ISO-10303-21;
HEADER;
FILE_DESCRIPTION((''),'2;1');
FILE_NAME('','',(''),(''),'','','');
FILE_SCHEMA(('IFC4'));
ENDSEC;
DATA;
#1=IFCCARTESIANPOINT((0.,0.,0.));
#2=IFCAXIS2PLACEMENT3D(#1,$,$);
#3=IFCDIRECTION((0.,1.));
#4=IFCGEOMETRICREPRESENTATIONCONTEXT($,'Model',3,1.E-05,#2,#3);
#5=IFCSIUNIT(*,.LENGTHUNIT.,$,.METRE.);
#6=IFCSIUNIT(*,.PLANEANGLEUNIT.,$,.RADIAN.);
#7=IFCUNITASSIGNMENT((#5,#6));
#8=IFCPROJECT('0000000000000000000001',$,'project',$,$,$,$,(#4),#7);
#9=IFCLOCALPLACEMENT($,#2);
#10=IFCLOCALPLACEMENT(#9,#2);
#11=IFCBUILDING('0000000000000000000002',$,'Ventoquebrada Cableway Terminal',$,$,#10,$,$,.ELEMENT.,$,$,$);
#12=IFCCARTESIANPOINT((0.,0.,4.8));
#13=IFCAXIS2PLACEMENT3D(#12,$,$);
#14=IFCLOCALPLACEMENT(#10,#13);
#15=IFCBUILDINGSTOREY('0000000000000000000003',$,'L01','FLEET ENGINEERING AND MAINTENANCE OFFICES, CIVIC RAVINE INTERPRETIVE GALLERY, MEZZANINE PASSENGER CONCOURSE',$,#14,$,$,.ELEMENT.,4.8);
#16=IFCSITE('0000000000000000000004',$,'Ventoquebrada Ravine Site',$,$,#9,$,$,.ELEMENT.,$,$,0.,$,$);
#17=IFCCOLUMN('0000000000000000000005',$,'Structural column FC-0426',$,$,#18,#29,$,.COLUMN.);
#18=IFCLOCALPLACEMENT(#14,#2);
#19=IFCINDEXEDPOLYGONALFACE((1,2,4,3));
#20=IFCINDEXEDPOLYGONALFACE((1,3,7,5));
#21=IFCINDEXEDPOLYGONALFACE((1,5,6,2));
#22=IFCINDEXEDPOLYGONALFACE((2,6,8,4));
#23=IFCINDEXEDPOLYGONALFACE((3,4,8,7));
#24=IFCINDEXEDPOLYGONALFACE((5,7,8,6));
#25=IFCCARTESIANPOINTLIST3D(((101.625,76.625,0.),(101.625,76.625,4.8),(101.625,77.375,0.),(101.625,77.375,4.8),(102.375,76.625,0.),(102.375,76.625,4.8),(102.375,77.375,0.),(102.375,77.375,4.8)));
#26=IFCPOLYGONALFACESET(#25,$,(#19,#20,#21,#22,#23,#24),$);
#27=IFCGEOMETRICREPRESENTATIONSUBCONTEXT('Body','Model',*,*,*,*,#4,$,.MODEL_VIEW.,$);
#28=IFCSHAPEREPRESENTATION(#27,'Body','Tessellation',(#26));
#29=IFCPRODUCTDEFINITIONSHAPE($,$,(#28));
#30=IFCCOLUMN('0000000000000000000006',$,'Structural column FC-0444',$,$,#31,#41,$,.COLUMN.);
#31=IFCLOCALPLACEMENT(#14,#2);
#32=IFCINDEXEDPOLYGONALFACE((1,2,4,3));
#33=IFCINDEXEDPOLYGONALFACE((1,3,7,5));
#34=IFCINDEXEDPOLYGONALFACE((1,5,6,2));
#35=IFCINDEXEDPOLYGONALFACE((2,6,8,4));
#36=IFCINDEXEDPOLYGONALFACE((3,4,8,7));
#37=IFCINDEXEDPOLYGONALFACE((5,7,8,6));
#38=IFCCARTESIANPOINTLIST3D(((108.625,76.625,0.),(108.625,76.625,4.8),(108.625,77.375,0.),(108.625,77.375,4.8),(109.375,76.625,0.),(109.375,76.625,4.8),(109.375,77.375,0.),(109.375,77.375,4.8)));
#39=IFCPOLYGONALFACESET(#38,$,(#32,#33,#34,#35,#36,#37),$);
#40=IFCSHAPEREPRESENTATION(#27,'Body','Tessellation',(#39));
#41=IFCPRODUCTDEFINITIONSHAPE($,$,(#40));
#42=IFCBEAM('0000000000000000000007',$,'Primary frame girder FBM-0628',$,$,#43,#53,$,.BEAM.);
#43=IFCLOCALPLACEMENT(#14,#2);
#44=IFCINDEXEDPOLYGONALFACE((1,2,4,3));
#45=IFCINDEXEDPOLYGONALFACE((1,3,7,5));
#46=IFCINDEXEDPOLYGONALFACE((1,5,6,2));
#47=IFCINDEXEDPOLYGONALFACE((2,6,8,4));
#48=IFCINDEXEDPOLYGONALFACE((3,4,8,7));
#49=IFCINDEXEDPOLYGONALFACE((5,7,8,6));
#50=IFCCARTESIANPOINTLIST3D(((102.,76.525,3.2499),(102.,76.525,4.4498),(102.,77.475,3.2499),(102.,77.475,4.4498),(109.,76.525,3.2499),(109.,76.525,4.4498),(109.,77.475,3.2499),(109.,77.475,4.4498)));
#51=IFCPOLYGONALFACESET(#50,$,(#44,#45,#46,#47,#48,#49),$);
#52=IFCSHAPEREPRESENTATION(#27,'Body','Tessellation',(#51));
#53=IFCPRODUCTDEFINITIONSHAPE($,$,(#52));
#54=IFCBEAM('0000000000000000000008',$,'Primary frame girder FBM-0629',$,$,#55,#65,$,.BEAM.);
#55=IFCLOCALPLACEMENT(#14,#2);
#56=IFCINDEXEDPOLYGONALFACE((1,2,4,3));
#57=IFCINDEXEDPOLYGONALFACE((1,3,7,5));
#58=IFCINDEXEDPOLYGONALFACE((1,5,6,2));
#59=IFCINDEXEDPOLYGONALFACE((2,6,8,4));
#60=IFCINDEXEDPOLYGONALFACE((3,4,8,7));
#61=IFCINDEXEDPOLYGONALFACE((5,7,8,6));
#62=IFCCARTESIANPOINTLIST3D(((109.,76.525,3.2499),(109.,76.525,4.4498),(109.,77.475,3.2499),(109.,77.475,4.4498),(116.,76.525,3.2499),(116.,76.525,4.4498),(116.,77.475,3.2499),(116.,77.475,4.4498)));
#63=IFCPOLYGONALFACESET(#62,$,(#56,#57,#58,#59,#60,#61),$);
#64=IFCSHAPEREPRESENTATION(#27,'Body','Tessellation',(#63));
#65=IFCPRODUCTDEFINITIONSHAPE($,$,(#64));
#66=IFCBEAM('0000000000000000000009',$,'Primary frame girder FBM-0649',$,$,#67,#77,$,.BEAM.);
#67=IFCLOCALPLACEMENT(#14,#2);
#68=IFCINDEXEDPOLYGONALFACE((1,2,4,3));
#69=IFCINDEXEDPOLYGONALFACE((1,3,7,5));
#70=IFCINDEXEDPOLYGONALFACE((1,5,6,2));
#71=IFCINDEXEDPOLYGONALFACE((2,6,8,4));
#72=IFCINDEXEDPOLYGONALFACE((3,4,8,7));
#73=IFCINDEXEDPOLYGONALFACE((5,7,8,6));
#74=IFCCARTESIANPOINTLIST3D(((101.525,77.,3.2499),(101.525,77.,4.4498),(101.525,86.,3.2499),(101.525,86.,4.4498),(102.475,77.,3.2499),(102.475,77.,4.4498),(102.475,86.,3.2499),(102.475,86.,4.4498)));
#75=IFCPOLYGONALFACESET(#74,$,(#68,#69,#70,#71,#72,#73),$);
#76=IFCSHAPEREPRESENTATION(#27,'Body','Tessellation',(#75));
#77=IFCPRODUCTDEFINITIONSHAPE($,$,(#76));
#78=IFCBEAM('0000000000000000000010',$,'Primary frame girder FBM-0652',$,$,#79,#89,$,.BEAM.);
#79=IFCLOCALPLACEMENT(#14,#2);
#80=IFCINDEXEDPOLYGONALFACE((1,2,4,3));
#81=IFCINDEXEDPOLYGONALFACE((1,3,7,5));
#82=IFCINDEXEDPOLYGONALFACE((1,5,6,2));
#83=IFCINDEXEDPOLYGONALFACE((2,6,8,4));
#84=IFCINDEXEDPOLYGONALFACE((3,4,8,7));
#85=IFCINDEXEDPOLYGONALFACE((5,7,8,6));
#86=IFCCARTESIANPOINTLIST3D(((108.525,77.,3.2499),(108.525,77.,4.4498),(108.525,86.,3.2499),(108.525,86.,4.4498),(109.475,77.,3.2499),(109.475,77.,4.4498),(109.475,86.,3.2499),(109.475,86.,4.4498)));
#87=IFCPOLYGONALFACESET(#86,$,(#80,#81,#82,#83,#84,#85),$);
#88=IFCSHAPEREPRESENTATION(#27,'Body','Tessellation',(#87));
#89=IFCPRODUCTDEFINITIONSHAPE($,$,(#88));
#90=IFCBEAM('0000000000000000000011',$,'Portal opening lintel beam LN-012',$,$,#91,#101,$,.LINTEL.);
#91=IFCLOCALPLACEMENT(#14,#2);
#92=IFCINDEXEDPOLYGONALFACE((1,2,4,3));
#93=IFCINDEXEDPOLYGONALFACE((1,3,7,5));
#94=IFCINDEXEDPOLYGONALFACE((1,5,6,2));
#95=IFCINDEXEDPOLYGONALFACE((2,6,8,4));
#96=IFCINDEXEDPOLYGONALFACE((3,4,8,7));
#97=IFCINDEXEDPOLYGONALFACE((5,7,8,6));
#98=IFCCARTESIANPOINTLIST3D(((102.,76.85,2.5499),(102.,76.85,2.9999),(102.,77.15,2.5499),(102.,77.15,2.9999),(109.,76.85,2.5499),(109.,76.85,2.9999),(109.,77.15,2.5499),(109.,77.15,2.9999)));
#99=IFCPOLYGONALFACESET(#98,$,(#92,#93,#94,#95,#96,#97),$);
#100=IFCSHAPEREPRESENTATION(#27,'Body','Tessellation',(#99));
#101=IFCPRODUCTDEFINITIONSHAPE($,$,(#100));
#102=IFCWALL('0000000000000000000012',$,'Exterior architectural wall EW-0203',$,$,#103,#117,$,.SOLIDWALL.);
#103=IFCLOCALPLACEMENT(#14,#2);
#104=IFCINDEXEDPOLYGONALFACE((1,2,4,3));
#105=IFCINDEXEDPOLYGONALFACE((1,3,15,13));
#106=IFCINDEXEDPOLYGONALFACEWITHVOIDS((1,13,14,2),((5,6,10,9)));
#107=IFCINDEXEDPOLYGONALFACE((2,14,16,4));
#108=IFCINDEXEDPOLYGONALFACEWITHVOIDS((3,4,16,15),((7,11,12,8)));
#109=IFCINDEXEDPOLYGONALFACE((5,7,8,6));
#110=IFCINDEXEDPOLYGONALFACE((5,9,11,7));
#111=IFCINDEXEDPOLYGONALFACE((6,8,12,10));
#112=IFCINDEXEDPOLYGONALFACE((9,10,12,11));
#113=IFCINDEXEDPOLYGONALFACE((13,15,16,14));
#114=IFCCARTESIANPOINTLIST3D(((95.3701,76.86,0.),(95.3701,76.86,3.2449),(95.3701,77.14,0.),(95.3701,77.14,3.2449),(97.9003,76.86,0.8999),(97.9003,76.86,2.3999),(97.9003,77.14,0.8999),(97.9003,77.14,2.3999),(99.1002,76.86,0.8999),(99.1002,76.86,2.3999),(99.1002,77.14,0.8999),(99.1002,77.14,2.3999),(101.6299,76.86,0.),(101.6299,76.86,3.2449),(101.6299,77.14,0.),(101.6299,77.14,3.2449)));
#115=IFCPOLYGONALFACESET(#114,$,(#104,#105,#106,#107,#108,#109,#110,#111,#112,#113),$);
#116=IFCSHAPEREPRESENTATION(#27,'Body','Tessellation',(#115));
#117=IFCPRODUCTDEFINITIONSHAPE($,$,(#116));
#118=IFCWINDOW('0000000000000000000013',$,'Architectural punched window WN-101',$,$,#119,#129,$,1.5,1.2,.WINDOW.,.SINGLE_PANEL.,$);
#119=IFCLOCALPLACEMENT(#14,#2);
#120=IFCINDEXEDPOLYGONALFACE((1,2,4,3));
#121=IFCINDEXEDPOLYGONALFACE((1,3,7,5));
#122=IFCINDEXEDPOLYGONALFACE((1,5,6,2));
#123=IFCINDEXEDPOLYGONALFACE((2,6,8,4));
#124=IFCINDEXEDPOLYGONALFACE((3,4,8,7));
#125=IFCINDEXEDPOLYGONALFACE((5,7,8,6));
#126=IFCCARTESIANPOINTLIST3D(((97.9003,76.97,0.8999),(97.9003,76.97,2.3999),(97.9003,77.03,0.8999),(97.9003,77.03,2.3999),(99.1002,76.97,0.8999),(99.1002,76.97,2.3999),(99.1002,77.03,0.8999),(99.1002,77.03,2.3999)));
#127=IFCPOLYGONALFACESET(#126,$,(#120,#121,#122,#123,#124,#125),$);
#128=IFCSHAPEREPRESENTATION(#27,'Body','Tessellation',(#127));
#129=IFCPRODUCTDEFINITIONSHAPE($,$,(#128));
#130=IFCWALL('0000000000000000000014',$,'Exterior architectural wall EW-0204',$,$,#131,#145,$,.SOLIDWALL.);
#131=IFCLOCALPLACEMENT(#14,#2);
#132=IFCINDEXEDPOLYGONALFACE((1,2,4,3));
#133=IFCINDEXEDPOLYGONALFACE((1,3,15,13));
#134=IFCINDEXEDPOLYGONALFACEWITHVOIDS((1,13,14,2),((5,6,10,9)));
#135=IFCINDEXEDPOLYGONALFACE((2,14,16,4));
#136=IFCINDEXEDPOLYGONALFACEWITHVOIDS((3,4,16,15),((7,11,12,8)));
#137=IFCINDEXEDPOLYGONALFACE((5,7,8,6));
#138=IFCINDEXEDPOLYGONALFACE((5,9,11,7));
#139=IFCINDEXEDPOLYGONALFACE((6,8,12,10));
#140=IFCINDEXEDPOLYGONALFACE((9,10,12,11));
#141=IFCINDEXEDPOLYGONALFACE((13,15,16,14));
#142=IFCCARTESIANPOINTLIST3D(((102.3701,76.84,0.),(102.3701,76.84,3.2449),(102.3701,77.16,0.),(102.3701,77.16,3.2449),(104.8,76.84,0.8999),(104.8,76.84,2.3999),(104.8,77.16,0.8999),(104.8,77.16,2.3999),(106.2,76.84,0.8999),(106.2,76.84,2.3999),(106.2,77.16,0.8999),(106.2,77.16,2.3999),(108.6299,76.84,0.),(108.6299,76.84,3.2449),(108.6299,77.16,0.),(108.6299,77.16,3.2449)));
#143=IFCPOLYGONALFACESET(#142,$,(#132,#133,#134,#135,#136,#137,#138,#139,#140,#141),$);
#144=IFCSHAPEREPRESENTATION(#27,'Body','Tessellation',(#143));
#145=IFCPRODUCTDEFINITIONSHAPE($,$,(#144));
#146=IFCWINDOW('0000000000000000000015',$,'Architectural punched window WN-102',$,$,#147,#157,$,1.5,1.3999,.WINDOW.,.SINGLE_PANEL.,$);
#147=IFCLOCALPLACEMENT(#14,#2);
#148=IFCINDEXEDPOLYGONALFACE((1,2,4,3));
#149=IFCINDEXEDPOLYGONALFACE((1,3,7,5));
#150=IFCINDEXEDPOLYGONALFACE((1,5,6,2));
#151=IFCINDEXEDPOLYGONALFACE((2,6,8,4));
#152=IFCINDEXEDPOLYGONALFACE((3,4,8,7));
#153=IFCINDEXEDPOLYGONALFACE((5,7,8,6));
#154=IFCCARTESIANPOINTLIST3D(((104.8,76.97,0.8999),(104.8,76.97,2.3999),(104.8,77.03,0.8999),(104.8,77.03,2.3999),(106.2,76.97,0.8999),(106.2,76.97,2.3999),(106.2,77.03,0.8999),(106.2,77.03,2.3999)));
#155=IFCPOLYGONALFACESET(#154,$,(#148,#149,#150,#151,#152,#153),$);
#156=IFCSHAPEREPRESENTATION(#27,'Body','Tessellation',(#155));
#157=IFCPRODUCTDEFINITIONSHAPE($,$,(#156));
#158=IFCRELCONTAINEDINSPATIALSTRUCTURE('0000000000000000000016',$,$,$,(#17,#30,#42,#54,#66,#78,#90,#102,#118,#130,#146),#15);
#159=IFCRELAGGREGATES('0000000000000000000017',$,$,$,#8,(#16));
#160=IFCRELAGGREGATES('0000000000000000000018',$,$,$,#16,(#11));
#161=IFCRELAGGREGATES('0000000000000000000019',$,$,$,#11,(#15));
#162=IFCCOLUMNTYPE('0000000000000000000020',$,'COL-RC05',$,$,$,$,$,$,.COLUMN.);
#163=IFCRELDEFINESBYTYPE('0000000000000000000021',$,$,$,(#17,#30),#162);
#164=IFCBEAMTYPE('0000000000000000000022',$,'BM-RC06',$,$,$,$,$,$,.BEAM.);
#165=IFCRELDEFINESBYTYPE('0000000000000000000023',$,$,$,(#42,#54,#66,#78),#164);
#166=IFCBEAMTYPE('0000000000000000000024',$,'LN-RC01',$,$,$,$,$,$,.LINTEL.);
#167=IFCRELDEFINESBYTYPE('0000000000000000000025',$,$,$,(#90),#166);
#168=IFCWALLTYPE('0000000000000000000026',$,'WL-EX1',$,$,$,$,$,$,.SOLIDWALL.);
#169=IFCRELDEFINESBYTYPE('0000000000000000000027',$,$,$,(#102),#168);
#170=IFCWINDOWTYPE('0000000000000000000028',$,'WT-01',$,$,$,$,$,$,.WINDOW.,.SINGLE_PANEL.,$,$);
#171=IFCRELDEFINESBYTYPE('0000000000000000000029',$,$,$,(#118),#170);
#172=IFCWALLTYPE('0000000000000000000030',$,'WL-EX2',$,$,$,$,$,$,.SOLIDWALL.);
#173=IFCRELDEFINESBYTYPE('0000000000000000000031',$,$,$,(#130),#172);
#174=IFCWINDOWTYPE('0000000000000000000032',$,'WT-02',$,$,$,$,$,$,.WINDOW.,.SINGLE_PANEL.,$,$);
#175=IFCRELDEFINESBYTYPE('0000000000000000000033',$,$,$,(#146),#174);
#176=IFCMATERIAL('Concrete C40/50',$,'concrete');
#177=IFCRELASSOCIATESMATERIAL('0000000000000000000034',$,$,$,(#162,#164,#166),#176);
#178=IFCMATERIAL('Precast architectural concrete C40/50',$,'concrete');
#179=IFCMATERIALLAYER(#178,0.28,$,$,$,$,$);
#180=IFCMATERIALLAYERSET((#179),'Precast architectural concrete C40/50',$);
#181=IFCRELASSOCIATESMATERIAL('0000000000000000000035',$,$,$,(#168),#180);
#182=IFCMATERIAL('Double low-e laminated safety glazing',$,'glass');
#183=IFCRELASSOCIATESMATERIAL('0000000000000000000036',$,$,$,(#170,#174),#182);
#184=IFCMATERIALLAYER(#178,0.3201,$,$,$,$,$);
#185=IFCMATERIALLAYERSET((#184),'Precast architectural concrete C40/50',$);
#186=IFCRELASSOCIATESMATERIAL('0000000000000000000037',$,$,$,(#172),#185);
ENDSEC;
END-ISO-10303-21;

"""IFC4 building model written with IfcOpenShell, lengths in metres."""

from ifc_helpers import new_model, si_unit, direction, frame, frame_2d, origin, origin_2d, place, context, subcontext, project, spatial, rectangle, extrude, material, layer, layer_set, material_profile, profile_set, type_object, element, fill, save


model = new_model("IFC4")

# Units and contexts
model_context = context("Model", 3, precision=1e-05, world=origin(), true_north=direction((0.0, 1.0)))
body_context = subcontext(model_context, "Body", "Model", "MODEL_VIEW")
ifc_project = project(units=[si_unit("LENGTHUNIT", "METRE"), si_unit("PLANEANGLEUNIT", "RADIAN")], contexts=[model_context])

# Site, building, storey
site_placement = place(None, origin())
site = spatial("IfcSite", under=ifc_project, at=site_placement, Name="Ventoquebrada Ravine Site", CompositionType="ELEMENT", RefElevation=0.0)
building_placement = place(site_placement, origin())
building = spatial("IfcBuilding", under=site, at=building_placement, Name="Ventoquebrada Cableway Terminal", CompositionType="ELEMENT")
storey_placement = place(building_placement, frame((0.0, 0.0, 4.8)))
storey = spatial("IfcBuildingStorey", under=building, at=storey_placement, Name="L01", Description="FLEET ENGINEERING AND MAINTENANCE OFFICES, CIVIC RAVINE INTERPRETIVE GALLERY, MEZZANINE PASSENGER CONCOURSE", CompositionType="ELEMENT", Elevation=4.8)

# Columns
ifc_material_1 = material(Name="Concrete C40/50", Category="concrete")
ifc_material_profile_1 = material_profile(ifc_material_1, rectangle(XDim=0.75, YDim=0.75, at=origin_2d()), Name="RC-COL-750X750")
ifc_profile_set_1 = profile_set([ifc_material_profile_1], Name="Concrete C40/50")
column_type = type_object("IfcColumnType", Name="COL-RC05", PredefinedType="COLUMN", material=ifc_profile_set_1)
for number, where, z_axis, x_axis, name in (
    (1, (102.0, 77.0, 0.0), (0.0, 0.0, 1.0), (1.0, 0.0, 0.0), "Structural column FC-0426"),
    (2, (109.0, 77.0, 0.0), (0.0, 0.0, 1.0), (1.0, 0.0, 0.0), "Structural column FC-0444"),
):
    element("IfcColumn", number, at=place(storey_placement, frame(where, z_axis=z_axis, x_axis=x_axis)), inside=storey, type_object=column_type, Name=name, PredefinedType="COLUMN", context=body_context, shape_type="SweptSolid", body=[
        extrude(rectangle(XDim=0.75, YDim=0.75, at=origin_2d()), origin(), (0.0, 0.0, 1.0), 4.8),
    ])

# Beams
ifc_material_profile_2 = material_profile(ifc_material_1, rectangle(XDim=0.95, YDim=1.2, at=origin_2d()), Name="RC-BM-950X1200")
ifc_profile_set_2 = profile_set([ifc_material_profile_2], Name="Concrete C40/50")
beam_type_1 = type_object("IfcBeamType", Name="BM-RC06", PredefinedType="BEAM", material=ifc_profile_set_2)
for number, where, z_axis, x_axis, name in (
    (3, (102.0, 77.0, 3.8499), (1.0, 0.0, 0.0), (0.0, 1.0, 0.0), "Primary frame girder FBM-0628"),
    (4, (109.0, 77.0, 3.8499), (1.0, 0.0, 0.0), (0.0, 1.0, 0.0), "Primary frame girder FBM-0629"),
):
    element("IfcBeam", number, at=place(storey_placement, frame(where, z_axis=z_axis, x_axis=x_axis)), inside=storey, type_object=beam_type_1, Name=name, PredefinedType="BEAM", context=body_context, shape_type="SweptSolid", body=[
        extrude(rectangle(XDim=0.95, YDim=1.2, at=origin_2d()), origin(), (0.0, 0.0, 1.0), 7.0),
    ])
for number, where, z_axis, x_axis, name in (
    (5, (102.0, 77.0, 3.8499), (0.0, 1.0, 0.0), (-1.0, 0.0, 0.0), "Primary frame girder FBM-0649"),
    (6, (109.0, 77.0, 3.8499), (0.0, 1.0, 0.0), (-1.0, 0.0, 0.0), "Primary frame girder FBM-0652"),
):
    element("IfcBeam", number, at=place(storey_placement, frame(where, z_axis=z_axis, x_axis=x_axis)), inside=storey, type_object=beam_type_1, Name=name, PredefinedType="BEAM", context=body_context, shape_type="SweptSolid", body=[
        extrude(rectangle(XDim=0.95, YDim=1.2, at=origin_2d()), origin(), (0.0, 0.0, 1.0), 9.0),
    ])
ifc_material_profile_3 = material_profile(ifc_material_1, rectangle(XDim=0.3, YDim=0.45, at=origin_2d()), Name="RC-LNT-300X450")
ifc_profile_set_3 = profile_set([ifc_material_profile_3], Name="Concrete C40/50")
beam_type_2 = type_object("IfcBeamType", Name="LN-RC01", PredefinedType="LINTEL", material=ifc_profile_set_3)
beam_placement = place(storey_placement, frame((102.0, 77.0, 2.7749), z_axis=(1.0, 0.0, 0.0), x_axis=(0.0, 1.0, 0.0)))
element("IfcBeam", 7, at=beam_placement, inside=storey, type_object=beam_type_2, Name="Portal opening lintel beam LN-012", PredefinedType="LINTEL", context=body_context, shape_type="SweptSolid", body=[
    extrude(rectangle(XDim=0.3, YDim=0.45, at=origin_2d()), origin(), (0.0, 0.0, 1.0), 7.0),
])

# Walls, openings, windows
ifc_material_2 = material(Name="Precast architectural concrete C40/50", Category="concrete")
ifc_layer_1 = layer(ifc_material_2, 0.28)
ifc_layer_set_1 = layer_set([ifc_layer_1], Name="Precast architectural concrete C40/50")
wall_type_1 = type_object("IfcWallType", Name="WL-EX1", PredefinedType="SOLIDWALL", material=ifc_layer_set_1)
wall_1_placement = place(storey_placement, frame((95.3701, 77.0, 0.0), z_axis=(0.0, 0.0, 1.0), x_axis=(1.0, 0.0, 0.0)))
wall_1 = element("IfcWall", 8, at=wall_1_placement, inside=storey, type_object=wall_type_1, Name="Exterior architectural wall EW-0203", PredefinedType="SOLIDWALL", context=body_context, shape_type="SweptSolid", body=[
    extrude(rectangle(XDim=6.2598, YDim=0.28, at=frame_2d((3.1299, 0.0))), origin(), (0.0, 0.0, 1.0), 3.2449),
])
opening_1_placement = place(wall_1_placement, frame((2.53, 0.0, 0.8999)))
opening_1 = element("IfcOpeningElement", 9, at=opening_1_placement, cuts=wall_1, PredefinedType="OPENING", context=body_context, shape_type="SweptSolid", body=[
    extrude(rectangle(XDim=1.2, YDim=1.5, at=frame_2d((0.6001, 0.75))), frame((0.0, 0.1499, 0.0), z_axis=(0.0, -1.0, 0.0), x_axis=(1.0, 0.0, 0.0)), (0.0, 0.0, 1.0), 0.3),
])
ifc_material_3 = material(Name="Double low-e laminated safety glazing", Category="glass")
window_type_1 = type_object("IfcWindowType", Name="WT-01", PartitioningType="SINGLE_PANEL", PredefinedType="WINDOW", material=ifc_material_3)
window_1_placement = place(opening_1_placement, origin())
window_1 = element("IfcWindow", 10, at=window_1_placement, inside=storey, type_object=window_type_1, Name="Architectural punched window WN-101", OverallHeight=1.5, OverallWidth=1.2, PartitioningType="SINGLE_PANEL", PredefinedType="WINDOW", context=body_context, shape_type="SweptSolid", body=[
    extrude(rectangle(XDim=1.2, YDim=1.5, at=frame_2d((0.6001, 0.75))), frame((0.0, 0.03, 0.0), z_axis=(0.0, -1.0, 0.0), x_axis=(1.0, 0.0, 0.0)), (0.0, 0.0, 1.0), 0.0601),
])
fill(opening_1, window_1)
ifc_layer_2 = layer(ifc_material_2, 0.3201)
ifc_layer_set_2 = layer_set([ifc_layer_2], Name="Precast architectural concrete C40/50")
wall_type_2 = type_object("IfcWallType", Name="WL-EX2", PredefinedType="SOLIDWALL", material=ifc_layer_set_2)
wall_2_placement = place(storey_placement, frame((102.3701, 77.0, 0.0), z_axis=(0.0, 0.0, 1.0), x_axis=(1.0, 0.0, 0.0)))
wall_2 = element("IfcWall", 11, at=wall_2_placement, inside=storey, type_object=wall_type_2, Name="Exterior architectural wall EW-0204", PredefinedType="SOLIDWALL", context=body_context, shape_type="SweptSolid", body=[
    extrude(rectangle(XDim=6.2598, YDim=0.3201, at=frame_2d((3.1299, 0.0))), origin(), (0.0, 0.0, 1.0), 3.2449),
])
opening_2_placement = place(wall_2_placement, frame((2.4299, 0.0, 0.8999)))
opening_2 = element("IfcOpeningElement", 12, at=opening_2_placement, cuts=wall_2, PredefinedType="OPENING", context=body_context, shape_type="SweptSolid", body=[
    extrude(rectangle(XDim=1.3999, YDim=1.5, at=frame_2d((0.7, 0.75))), frame((0.0, 0.1699, 0.0), z_axis=(0.0, -1.0, 0.0), x_axis=(1.0, 0.0, 0.0)), (0.0, 0.0, 1.0), 0.3401),
])
window_type_2 = type_object("IfcWindowType", Name="WT-02", PartitioningType="SINGLE_PANEL", PredefinedType="WINDOW", material=ifc_material_3)
window_2_placement = place(opening_2_placement, origin())
window_2 = element("IfcWindow", 13, at=window_2_placement, inside=storey, type_object=window_type_2, Name="Architectural punched window WN-102", OverallHeight=1.5, OverallWidth=1.3999, PartitioningType="SINGLE_PANEL", PredefinedType="WINDOW", context=body_context, shape_type="SweptSolid", body=[
    extrude(rectangle(XDim=1.3999, YDim=1.5, at=frame_2d((0.7, 0.75))), frame((0.0, 0.03, 0.0), z_axis=(0.0, -1.0, 0.0), x_axis=(1.0, 0.0, 0.0)), (0.0, 0.0, 1.0), 0.0601),
])
fill(opening_2, window_2)

save(model, "model.ifc")
